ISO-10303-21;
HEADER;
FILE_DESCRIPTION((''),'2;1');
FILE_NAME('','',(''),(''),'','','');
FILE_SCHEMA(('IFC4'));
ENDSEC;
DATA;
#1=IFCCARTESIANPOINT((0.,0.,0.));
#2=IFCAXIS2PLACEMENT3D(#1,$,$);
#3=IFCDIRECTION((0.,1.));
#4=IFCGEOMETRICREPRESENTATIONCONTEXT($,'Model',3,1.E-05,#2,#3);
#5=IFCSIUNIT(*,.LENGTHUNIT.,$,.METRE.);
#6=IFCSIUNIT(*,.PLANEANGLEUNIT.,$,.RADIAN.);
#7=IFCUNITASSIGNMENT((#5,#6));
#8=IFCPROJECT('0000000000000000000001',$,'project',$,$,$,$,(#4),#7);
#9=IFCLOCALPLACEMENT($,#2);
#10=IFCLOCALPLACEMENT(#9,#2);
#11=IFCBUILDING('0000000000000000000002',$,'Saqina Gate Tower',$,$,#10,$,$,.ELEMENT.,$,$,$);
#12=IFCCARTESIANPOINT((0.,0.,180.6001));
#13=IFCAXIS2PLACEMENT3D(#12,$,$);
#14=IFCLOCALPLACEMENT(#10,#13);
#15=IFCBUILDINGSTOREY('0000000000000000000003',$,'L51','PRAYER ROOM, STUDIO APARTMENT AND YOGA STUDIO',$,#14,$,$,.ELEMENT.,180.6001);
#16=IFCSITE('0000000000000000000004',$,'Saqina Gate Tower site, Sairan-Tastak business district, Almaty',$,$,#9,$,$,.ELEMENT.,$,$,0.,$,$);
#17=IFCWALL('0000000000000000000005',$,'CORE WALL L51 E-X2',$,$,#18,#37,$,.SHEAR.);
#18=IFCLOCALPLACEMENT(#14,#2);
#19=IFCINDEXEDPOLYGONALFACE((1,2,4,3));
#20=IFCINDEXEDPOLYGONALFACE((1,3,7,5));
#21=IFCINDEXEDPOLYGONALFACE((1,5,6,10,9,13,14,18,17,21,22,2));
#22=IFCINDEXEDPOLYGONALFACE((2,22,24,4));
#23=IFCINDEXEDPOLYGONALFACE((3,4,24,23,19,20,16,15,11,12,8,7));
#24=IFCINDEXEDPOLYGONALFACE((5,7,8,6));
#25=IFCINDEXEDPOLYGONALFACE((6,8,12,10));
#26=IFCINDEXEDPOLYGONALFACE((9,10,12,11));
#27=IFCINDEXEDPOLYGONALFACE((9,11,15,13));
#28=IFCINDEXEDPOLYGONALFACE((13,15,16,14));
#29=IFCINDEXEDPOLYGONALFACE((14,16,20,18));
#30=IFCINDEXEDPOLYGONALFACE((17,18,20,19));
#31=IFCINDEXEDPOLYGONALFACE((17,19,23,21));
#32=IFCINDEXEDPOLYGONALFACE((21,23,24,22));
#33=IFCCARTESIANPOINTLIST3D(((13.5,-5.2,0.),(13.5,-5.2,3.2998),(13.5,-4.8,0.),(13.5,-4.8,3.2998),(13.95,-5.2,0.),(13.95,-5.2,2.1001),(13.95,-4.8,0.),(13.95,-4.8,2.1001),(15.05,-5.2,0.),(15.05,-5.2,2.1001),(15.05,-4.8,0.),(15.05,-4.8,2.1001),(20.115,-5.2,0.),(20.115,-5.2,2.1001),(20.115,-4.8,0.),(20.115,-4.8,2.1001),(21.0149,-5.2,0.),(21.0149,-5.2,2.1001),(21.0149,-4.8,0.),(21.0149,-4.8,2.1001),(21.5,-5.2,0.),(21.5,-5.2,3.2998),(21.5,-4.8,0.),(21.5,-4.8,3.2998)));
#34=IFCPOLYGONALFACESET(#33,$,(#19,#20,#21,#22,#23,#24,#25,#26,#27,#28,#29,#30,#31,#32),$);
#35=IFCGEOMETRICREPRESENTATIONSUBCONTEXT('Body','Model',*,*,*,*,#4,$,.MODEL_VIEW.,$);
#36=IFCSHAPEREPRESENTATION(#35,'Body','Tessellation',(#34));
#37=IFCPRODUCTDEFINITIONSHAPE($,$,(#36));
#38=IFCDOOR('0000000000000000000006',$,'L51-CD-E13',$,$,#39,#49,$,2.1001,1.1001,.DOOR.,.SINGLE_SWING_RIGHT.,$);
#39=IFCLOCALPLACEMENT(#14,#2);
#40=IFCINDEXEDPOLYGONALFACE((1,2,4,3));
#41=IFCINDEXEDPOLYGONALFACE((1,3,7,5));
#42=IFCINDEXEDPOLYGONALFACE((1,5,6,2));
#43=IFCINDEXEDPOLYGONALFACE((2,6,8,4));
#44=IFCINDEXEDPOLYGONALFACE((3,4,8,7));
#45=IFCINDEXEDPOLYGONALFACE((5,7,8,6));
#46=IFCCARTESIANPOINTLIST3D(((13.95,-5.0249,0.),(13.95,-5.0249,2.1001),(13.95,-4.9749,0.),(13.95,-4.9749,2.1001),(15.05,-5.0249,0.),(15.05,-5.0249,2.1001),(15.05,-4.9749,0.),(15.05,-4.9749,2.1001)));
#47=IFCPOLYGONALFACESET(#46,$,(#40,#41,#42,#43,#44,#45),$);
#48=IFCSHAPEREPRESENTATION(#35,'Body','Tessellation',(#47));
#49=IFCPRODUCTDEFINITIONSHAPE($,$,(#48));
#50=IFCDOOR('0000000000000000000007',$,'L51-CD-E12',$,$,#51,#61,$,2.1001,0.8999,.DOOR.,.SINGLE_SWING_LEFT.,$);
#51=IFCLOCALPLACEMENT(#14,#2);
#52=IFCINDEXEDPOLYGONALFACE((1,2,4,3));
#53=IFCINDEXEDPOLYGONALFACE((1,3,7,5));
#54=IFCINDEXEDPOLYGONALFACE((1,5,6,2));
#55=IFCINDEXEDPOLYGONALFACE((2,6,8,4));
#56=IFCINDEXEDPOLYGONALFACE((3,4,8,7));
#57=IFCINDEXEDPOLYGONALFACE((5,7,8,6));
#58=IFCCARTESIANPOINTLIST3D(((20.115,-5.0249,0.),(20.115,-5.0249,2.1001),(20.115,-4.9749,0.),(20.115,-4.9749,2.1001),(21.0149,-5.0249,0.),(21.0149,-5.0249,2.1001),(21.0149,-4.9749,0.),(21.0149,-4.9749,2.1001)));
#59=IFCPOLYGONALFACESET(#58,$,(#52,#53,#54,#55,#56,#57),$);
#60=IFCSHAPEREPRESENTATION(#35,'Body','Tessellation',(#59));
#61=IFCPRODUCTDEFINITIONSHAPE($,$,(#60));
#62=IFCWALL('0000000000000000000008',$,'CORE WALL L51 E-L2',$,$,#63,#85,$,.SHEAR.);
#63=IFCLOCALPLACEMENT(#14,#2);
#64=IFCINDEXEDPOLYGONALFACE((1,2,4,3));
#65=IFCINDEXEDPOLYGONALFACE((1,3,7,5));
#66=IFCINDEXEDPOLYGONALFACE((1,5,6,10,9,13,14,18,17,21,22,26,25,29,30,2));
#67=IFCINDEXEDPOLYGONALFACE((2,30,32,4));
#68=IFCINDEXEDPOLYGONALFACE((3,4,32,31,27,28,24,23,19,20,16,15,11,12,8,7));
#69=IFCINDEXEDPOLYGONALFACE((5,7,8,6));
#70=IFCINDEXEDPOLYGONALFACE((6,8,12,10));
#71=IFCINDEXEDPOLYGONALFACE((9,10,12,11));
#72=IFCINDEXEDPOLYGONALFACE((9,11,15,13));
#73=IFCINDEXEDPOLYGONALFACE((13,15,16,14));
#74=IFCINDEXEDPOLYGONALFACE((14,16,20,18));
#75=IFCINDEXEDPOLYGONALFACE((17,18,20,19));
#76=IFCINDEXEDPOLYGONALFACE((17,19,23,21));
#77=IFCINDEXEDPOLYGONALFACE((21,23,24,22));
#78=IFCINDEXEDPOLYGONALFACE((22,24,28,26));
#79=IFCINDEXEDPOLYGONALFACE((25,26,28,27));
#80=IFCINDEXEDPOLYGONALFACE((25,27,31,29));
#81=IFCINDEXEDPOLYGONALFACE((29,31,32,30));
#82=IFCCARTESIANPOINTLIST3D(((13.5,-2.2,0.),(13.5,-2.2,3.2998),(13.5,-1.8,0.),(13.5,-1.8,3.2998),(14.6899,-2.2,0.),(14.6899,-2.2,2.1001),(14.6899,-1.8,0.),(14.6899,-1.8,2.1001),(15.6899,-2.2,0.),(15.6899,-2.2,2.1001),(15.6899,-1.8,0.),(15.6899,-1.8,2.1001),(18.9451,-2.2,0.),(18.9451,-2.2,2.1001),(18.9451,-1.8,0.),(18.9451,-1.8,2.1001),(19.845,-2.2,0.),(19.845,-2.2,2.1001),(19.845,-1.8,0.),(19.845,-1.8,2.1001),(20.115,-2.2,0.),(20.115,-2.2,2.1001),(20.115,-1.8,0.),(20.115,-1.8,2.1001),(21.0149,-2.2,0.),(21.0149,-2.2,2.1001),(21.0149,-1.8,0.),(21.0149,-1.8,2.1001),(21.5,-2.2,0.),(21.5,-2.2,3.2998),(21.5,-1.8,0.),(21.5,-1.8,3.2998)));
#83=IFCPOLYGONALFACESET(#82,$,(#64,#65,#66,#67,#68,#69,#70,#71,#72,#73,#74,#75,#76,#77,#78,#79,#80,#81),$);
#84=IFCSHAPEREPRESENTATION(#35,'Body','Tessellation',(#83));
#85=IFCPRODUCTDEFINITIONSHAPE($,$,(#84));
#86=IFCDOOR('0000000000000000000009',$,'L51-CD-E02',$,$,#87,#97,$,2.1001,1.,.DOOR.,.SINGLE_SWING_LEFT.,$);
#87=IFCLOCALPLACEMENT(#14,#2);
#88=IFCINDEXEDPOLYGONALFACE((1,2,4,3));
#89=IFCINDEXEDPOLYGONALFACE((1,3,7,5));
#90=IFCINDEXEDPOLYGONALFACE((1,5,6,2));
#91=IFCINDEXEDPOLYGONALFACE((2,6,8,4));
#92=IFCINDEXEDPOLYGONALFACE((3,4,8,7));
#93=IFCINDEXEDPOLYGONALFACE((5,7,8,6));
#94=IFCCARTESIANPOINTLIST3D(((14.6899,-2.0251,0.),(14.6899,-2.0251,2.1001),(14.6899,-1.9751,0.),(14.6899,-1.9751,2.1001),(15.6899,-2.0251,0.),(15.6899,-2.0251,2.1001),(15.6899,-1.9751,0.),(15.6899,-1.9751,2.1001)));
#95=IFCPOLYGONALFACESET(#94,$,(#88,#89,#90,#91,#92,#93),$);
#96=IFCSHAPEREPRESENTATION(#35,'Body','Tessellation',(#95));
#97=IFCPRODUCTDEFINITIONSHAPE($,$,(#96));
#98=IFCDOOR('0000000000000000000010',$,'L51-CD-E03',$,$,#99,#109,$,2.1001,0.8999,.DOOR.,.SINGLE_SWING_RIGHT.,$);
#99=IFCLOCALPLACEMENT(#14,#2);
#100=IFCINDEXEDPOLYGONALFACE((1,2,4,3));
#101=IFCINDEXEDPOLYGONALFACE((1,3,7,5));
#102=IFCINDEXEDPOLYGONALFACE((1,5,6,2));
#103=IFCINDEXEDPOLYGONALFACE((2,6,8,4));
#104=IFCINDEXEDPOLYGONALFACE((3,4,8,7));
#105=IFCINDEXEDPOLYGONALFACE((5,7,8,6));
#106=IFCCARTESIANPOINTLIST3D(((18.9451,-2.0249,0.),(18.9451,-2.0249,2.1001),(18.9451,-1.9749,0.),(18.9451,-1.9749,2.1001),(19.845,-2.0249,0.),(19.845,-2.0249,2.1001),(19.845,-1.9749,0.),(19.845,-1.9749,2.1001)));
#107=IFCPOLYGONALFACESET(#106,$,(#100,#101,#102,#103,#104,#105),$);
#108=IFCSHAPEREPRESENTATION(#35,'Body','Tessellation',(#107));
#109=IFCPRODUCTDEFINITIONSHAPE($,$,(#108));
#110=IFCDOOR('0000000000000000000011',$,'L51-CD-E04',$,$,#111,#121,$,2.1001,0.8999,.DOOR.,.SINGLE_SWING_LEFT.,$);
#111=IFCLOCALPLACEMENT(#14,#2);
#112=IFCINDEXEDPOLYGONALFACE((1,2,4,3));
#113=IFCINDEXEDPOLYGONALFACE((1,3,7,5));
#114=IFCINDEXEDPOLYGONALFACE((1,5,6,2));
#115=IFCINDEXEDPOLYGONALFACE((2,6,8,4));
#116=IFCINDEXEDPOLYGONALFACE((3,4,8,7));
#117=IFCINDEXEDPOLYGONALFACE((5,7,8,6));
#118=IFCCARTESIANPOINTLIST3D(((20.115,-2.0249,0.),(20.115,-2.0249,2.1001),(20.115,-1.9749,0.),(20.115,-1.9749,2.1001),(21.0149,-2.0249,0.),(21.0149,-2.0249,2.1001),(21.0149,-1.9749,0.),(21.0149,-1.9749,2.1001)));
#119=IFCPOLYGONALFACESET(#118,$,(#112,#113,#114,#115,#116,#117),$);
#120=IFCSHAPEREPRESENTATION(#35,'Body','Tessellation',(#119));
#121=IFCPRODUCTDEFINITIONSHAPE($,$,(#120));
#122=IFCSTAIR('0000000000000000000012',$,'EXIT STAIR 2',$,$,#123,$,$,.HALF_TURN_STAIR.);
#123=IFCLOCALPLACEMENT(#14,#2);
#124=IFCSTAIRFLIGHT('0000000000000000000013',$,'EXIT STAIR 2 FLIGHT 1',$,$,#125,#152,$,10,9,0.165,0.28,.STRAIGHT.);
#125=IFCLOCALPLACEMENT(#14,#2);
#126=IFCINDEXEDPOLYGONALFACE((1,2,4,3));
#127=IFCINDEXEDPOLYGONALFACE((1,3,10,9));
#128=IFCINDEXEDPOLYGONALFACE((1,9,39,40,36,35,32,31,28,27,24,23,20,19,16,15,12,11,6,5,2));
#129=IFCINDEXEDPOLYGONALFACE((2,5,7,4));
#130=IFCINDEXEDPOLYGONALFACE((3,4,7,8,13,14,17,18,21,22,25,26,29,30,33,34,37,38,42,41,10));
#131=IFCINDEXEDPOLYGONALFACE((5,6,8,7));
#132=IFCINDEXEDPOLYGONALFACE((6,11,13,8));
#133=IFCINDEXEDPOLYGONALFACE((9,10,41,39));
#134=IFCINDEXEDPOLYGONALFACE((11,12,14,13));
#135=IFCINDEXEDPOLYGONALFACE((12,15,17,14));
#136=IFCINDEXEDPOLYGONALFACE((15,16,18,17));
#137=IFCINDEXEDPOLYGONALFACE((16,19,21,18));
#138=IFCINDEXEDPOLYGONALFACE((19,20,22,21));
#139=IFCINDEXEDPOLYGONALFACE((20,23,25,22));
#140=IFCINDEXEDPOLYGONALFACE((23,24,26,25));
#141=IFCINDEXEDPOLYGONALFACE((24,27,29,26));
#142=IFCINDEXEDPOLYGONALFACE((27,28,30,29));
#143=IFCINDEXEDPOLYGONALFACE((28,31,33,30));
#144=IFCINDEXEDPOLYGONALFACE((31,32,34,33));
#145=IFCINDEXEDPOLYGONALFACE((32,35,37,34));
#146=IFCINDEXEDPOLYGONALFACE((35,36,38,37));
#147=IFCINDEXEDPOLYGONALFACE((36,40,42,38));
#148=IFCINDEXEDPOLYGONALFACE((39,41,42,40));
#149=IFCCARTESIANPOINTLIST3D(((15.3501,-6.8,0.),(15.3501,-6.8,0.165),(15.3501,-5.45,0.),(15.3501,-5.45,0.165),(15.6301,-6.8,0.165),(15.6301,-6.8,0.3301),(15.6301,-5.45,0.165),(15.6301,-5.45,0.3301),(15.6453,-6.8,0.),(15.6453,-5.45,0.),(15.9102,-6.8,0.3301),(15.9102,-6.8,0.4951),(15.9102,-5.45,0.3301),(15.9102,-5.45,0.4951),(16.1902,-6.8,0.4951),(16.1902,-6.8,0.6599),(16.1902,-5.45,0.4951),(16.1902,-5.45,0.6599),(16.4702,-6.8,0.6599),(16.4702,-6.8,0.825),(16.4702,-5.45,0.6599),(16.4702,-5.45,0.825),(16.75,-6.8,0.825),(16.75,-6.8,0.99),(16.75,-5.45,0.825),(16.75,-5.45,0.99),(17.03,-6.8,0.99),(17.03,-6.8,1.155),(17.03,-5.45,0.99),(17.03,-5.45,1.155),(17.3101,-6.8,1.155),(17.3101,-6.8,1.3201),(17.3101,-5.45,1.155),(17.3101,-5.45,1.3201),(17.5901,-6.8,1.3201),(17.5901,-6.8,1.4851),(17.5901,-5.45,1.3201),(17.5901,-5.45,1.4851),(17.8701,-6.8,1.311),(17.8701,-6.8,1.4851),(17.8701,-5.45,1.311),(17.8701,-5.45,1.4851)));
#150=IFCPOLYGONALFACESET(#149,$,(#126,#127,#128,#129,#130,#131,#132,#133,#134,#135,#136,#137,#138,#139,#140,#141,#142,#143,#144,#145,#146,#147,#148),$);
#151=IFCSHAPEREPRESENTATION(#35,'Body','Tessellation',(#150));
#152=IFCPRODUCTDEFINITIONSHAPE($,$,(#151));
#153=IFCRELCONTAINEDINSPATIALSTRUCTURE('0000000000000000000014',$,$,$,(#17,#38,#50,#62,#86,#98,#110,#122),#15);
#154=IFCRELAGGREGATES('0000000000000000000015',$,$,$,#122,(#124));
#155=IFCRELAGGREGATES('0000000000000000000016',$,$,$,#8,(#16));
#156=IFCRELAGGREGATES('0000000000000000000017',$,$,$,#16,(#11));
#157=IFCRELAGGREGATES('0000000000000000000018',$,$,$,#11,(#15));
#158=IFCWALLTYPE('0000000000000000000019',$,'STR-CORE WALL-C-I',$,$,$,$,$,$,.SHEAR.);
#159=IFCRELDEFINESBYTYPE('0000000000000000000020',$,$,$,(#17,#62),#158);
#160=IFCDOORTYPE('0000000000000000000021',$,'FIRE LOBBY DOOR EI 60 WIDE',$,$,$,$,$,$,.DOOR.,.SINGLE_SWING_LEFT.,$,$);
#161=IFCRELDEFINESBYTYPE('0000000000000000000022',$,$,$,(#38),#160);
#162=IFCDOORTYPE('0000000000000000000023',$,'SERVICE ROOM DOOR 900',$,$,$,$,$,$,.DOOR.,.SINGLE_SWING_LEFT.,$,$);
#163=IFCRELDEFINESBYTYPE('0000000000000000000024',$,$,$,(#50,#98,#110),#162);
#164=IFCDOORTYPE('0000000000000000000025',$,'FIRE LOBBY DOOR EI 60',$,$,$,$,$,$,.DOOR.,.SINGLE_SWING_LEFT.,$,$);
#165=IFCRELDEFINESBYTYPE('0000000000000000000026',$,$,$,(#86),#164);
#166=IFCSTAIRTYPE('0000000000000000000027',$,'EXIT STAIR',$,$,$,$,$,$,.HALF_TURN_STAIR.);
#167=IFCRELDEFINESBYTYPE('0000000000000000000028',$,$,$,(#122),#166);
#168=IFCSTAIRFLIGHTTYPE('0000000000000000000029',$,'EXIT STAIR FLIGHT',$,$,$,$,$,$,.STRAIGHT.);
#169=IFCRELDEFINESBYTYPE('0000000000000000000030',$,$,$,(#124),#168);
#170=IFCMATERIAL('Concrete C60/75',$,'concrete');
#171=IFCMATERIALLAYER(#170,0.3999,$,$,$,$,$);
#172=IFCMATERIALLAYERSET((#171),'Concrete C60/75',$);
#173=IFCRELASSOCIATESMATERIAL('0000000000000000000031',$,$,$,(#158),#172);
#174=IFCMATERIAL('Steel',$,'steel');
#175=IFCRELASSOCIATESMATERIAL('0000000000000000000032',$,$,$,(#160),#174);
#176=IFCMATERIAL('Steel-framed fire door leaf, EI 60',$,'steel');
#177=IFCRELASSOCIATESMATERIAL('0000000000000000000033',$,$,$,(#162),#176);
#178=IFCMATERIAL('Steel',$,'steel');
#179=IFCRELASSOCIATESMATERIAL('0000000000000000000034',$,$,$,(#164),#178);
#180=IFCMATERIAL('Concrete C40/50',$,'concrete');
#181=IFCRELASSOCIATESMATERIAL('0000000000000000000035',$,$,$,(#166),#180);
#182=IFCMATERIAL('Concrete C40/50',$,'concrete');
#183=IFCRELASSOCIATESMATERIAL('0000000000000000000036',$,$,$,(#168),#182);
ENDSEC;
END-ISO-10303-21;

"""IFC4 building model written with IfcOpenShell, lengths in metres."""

from ifc_helpers import new_model, si_unit, direction, frame, frame_2d, origin, place, context, subcontext, project, spatial, polyline, rectangle, outline, extrude, material, layer, layer_set, type_object, element, fill, aggregate, save


model = new_model("IFC4")

# Units and contexts
model_context = context("Model", 3, precision=1e-05, world=origin(), true_north=direction((0.0, 1.0)))
body_context = subcontext(model_context, "Body", "Model", "MODEL_VIEW")
ifc_project = project(units=[si_unit("LENGTHUNIT", "METRE"), si_unit("PLANEANGLEUNIT", "RADIAN")], contexts=[model_context])

# Site, building, storey
site_placement = place(None, origin())
site = spatial("IfcSite", under=ifc_project, at=site_placement, Name="Saqina Gate Tower site, Sairan-Tastak business district, Almaty", CompositionType="ELEMENT", RefElevation=0.0)
building_placement = place(site_placement, origin())
building = spatial("IfcBuilding", under=site, at=building_placement, Name="Saqina Gate Tower", CompositionType="ELEMENT")
storey_placement = place(building_placement, frame((0.0, 0.0, 180.6001)))
storey = spatial("IfcBuildingStorey", under=building, at=storey_placement, Name="L51", Description="PRAYER ROOM, STUDIO APARTMENT AND YOGA STUDIO", CompositionType="ELEMENT", Elevation=180.6001)

# Walls, openings, doors
ifc_material_1 = material(Name="Concrete C60/75", Category="concrete")
ifc_layer_1 = layer(ifc_material_1, 0.3999)
ifc_layer_set_1 = layer_set([ifc_layer_1], Name="Concrete C60/75")
wall_type_1 = type_object("IfcWallType", Name="STR-CORE WALL-C-I", PredefinedType="SHEAR", material=ifc_layer_set_1)
wall_1_placement = place(storey_placement, frame((13.5, -5.0, 0.0), z_axis=(0.0, 0.0, 1.0), x_axis=(1.0, 0.0, 0.0)))
wall_1 = element("IfcWall", 1, at=wall_1_placement, inside=storey, type_object=wall_type_1, Name="CORE WALL L51 E-X2", PredefinedType="SHEAR", context=body_context, shape_type="SweptSolid", body=[
    extrude(rectangle(XDim=8.0, YDim=0.3999, at=frame_2d((4.0, 0.0))), origin(), (0.0, 0.0, 1.0), 3.2998),
])
opening_1_placement = place(wall_1_placement, frame((6.615, 0.0, 0.0)))
opening_1 = element("IfcOpeningElement", 2, at=opening_1_placement, cuts=wall_1, PredefinedType="OPENING", context=body_context, shape_type="SweptSolid", body=[
    extrude(rectangle(XDim=0.8999, YDim=2.1001, at=frame_2d((0.45, 1.05))), frame((0.0, 0.2119, 0.0), z_axis=(0.0, -1.0, 0.0), x_axis=(1.0, 0.0, 0.0)), (0.0, 0.0, 1.0), 0.4238),
])
opening_2_placement = place(wall_1_placement, frame((0.45, 0.0, 0.0)))
opening_2 = element("IfcOpeningElement", 3, at=opening_2_placement, cuts=wall_1, PredefinedType="OPENING", context=body_context, shape_type="SweptSolid", body=[
    extrude(rectangle(XDim=1.1001, YDim=2.1001, at=frame_2d((0.55, 1.05))), frame((0.0, 0.2119, 0.0), z_axis=(0.0, -1.0, 0.0), x_axis=(1.0, 0.0, 0.0)), (0.0, 0.0, 1.0), 0.4238),
])
ifc_material_2 = material(Name="Steel", Category="steel")
door_type_1 = type_object("IfcDoorType", Name="FIRE LOBBY DOOR EI 60 WIDE", OperationType="SINGLE_SWING_LEFT", PredefinedType="DOOR", material=ifc_material_2)
door_1_placement = place(opening_2_placement, frame((1.1001, 0.0, 0.0), z_axis=(0.0, 0.0, 1.0), x_axis=(-1.0, 0.0, 0.0)))
door_1 = element("IfcDoor", 4, at=door_1_placement, inside=storey, type_object=door_type_1, Name="L51-CD-E13", OperationType="SINGLE_SWING_RIGHT", OverallHeight=2.1001, OverallWidth=1.1001, PredefinedType="DOOR", context=body_context, shape_type="SweptSolid", body=[
    extrude(rectangle(XDim=1.1001, YDim=2.1001, at=frame_2d((0.55, 1.05))), frame((0.0, 0.0249, 0.0), z_axis=(0.0, -1.0, 0.0), x_axis=(1.0, 0.0, 0.0)), (0.0, 0.0, 1.0), 0.05),
])
fill(opening_2, door_1)
ifc_material_3 = material(Name="Steel-framed fire door leaf, EI 60", Category="steel")
door_type_2 = type_object("IfcDoorType", Name="SERVICE ROOM DOOR 900", OperationType="SINGLE_SWING_LEFT", PredefinedType="DOOR", material=ifc_material_3)
door_2_placement = place(opening_1_placement, frame((0.8999, 0.0, 0.0), z_axis=(0.0, 0.0, 1.0), x_axis=(-1.0, 0.0, 0.0)))
door_2 = element("IfcDoor", 5, at=door_2_placement, inside=storey, type_object=door_type_2, Name="L51-CD-E12", OperationType="SINGLE_SWING_LEFT", OverallHeight=2.1001, OverallWidth=0.8999, PredefinedType="DOOR", context=body_context, shape_type="SweptSolid", body=[
    extrude(rectangle(XDim=0.8999, YDim=2.1001, at=frame_2d((0.45, 1.05))), frame((0.0, 0.0249, 0.0), z_axis=(0.0, -1.0, 0.0), x_axis=(1.0, 0.0, 0.0)), (0.0, 0.0, 1.0), 0.05),
])
fill(opening_1, door_2)
wall_2_placement = place(storey_placement, frame((13.5, -2.0, 0.0), z_axis=(0.0, 0.0, 1.0), x_axis=(1.0, 0.0, 0.0)))
wall_2 = element("IfcWall", 6, at=wall_2_placement, inside=storey, type_object=wall_type_1, Name="CORE WALL L51 E-L2", PredefinedType="SHEAR", context=body_context, shape_type="SweptSolid", body=[
    extrude(rectangle(XDim=8.0, YDim=0.3999, at=frame_2d((4.0, 0.0))), origin(), (0.0, 0.0, 1.0), 3.2998),
])
opening_3_placement = place(wall_2_placement, frame((1.1899, 0.0, 0.0)))
opening_3 = element("IfcOpeningElement", 7, at=opening_3_placement, cuts=wall_2, PredefinedType="OPENING", context=body_context, shape_type="SweptSolid", body=[
    extrude(rectangle(XDim=1.0, YDim=2.1001, at=frame_2d((0.5, 1.05))), frame((0.0, 0.2119, 0.0), z_axis=(0.0, -1.0, 0.0), x_axis=(1.0, 0.0, 0.0)), (0.0, 0.0, 1.0), 0.4238),
])
opening_4_placement = place(wall_2_placement, frame((5.4451, 0.0, 0.0)))
opening_4 = element("IfcOpeningElement", 8, at=opening_4_placement, cuts=wall_2, PredefinedType="OPENING", context=body_context, shape_type="SweptSolid", body=[
    extrude(rectangle(XDim=0.8999, YDim=2.1001, at=frame_2d((0.45, 1.05))), frame((0.0, 0.2119, 0.0), z_axis=(0.0, -1.0, 0.0), x_axis=(1.0, 0.0, 0.0)), (0.0, 0.0, 1.0), 0.4238),
])
opening_5_placement = place(wall_2_placement, frame((6.615, 0.0, 0.0)))
opening_5 = element("IfcOpeningElement", 9, at=opening_5_placement, cuts=wall_2, PredefinedType="OPENING", context=body_context, shape_type="SweptSolid", body=[
    extrude(rectangle(XDim=0.8999, YDim=2.1001, at=frame_2d((0.45, 1.05))), frame((0.0, 0.2119, 0.0), z_axis=(0.0, -1.0, 0.0), x_axis=(1.0, 0.0, 0.0)), (0.0, 0.0, 1.0), 0.4238),
])
ifc_material_4 = material(Name="Steel", Category="steel")
door_type_3 = type_object("IfcDoorType", Name="FIRE LOBBY DOOR EI 60", OperationType="SINGLE_SWING_LEFT", PredefinedType="DOOR", material=ifc_material_4)
door_3_placement = place(opening_3_placement, origin())
door_3 = element("IfcDoor", 10, at=door_3_placement, inside=storey, type_object=door_type_3, Name="L51-CD-E02", OperationType="SINGLE_SWING_LEFT", OverallHeight=2.1001, OverallWidth=1.0, PredefinedType="DOOR", context=body_context, shape_type="SweptSolid", body=[
    extrude(rectangle(XDim=1.0, YDim=2.1001, at=frame_2d((0.5, 1.05))), frame((0.0, 0.0249, 0.0), z_axis=(0.0, -1.0, 0.0), x_axis=(1.0, 0.0, 0.0)), (0.0, 0.0, 1.0), 0.05),
])
fill(opening_3, door_3)
door_4_placement = place(opening_4_placement, frame((0.8999, 0.0, 0.0), z_axis=(0.0, 0.0, 1.0), x_axis=(-1.0, 0.0, 0.0)))
door_4 = element("IfcDoor", 11, at=door_4_placement, inside=storey, type_object=door_type_2, Name="L51-CD-E03", OperationType="SINGLE_SWING_RIGHT", OverallHeight=2.1001, OverallWidth=0.8999, PredefinedType="DOOR", context=body_context, shape_type="SweptSolid", body=[
    extrude(rectangle(XDim=0.8999, YDim=2.1001, at=frame_2d((0.45, 1.05))), frame((0.0, 0.0249, 0.0), z_axis=(0.0, -1.0, 0.0), x_axis=(1.0, 0.0, 0.0)), (0.0, 0.0, 1.0), 0.05),
])
fill(opening_4, door_4)
door_5_placement = place(opening_5_placement, frame((0.8999, 0.0, 0.0), z_axis=(0.0, 0.0, 1.0), x_axis=(-1.0, 0.0, 0.0)))
door_5 = element("IfcDoor", 12, at=door_5_placement, inside=storey, type_object=door_type_2, Name="L51-CD-E04", OperationType="SINGLE_SWING_LEFT", OverallHeight=2.1001, OverallWidth=0.8999, PredefinedType="DOOR", context=body_context, shape_type="SweptSolid", body=[
    extrude(rectangle(XDim=0.8999, YDim=2.1001, at=frame_2d((0.45, 1.05))), frame((0.0, 0.0249, 0.0), z_axis=(0.0, -1.0, 0.0), x_axis=(1.0, 0.0, 0.0)), (0.0, 0.0, 1.0), 0.05),
])
fill(opening_5, door_5)

# Stair, stair flight
ifc_material_5 = material(Name="Concrete C40/50", Category="concrete")
stair_type = type_object("IfcStairType", Name="EXIT STAIR", PredefinedType="HALF_TURN_STAIR", material=ifc_material_5)
stair_placement = place(storey_placement, origin())
stair = element("IfcStair", 13, at=stair_placement, inside=storey, type_object=stair_type, Name="EXIT STAIR 2", PredefinedType="HALF_TURN_STAIR")
ifc_material_6 = material(Name="Concrete C40/50", Category="concrete")
stair_flight_type = type_object("IfcStairFlightType", Name="EXIT STAIR FLIGHT", PredefinedType="STRAIGHT", material=ifc_material_6)
stair_flight_1_placement = place(storey_placement, frame((15.3501, -6.125, 0.0), z_axis=(0.0, 0.0, 1.0), x_axis=(1.0, 0.0, 0.0)))
stair_flight_1 = element("IfcStairFlight", 14, at=stair_flight_1_placement, type_object=stair_flight_type, Name="EXIT STAIR 2 FLIGHT 1", NumberOfRisers=10, NumberOfTreads=9, PredefinedType="STRAIGHT", RiserHeight=0.165, TreadLength=0.28, context=body_context, shape_type="SweptSolid", body=[
    extrude(outline(polyline([(0.0, 0.0), (0.0, 0.165), (0.28, 0.165), (0.28, 0.3301), (0.5601, 0.3301), (0.5601, 0.4951), (0.8401, 0.4951), (0.8401, 0.6599), (1.1201, 0.6599), (1.1201, 0.825), (1.3999, 0.825), (1.3999, 0.99), (1.6799, 0.99), (1.6799, 1.155), (1.96, 1.155), (1.96, 1.3201), (2.24, 1.3201), (2.24, 1.4851), (2.52, 1.4851), (2.52, 1.6499), (2.52, 1.311), (0.2952, 0.0), (0.0, 0.0)])), frame((0.0, 0.675, 0.0), z_axis=(0.0, -1.0, 0.0), x_axis=(1.0, 0.0, 0.0)), (0.0, 0.0, 1.0), 1.3501),
])
aggregate(stair, [stair_flight_1])

save(model, "model.ifc")
